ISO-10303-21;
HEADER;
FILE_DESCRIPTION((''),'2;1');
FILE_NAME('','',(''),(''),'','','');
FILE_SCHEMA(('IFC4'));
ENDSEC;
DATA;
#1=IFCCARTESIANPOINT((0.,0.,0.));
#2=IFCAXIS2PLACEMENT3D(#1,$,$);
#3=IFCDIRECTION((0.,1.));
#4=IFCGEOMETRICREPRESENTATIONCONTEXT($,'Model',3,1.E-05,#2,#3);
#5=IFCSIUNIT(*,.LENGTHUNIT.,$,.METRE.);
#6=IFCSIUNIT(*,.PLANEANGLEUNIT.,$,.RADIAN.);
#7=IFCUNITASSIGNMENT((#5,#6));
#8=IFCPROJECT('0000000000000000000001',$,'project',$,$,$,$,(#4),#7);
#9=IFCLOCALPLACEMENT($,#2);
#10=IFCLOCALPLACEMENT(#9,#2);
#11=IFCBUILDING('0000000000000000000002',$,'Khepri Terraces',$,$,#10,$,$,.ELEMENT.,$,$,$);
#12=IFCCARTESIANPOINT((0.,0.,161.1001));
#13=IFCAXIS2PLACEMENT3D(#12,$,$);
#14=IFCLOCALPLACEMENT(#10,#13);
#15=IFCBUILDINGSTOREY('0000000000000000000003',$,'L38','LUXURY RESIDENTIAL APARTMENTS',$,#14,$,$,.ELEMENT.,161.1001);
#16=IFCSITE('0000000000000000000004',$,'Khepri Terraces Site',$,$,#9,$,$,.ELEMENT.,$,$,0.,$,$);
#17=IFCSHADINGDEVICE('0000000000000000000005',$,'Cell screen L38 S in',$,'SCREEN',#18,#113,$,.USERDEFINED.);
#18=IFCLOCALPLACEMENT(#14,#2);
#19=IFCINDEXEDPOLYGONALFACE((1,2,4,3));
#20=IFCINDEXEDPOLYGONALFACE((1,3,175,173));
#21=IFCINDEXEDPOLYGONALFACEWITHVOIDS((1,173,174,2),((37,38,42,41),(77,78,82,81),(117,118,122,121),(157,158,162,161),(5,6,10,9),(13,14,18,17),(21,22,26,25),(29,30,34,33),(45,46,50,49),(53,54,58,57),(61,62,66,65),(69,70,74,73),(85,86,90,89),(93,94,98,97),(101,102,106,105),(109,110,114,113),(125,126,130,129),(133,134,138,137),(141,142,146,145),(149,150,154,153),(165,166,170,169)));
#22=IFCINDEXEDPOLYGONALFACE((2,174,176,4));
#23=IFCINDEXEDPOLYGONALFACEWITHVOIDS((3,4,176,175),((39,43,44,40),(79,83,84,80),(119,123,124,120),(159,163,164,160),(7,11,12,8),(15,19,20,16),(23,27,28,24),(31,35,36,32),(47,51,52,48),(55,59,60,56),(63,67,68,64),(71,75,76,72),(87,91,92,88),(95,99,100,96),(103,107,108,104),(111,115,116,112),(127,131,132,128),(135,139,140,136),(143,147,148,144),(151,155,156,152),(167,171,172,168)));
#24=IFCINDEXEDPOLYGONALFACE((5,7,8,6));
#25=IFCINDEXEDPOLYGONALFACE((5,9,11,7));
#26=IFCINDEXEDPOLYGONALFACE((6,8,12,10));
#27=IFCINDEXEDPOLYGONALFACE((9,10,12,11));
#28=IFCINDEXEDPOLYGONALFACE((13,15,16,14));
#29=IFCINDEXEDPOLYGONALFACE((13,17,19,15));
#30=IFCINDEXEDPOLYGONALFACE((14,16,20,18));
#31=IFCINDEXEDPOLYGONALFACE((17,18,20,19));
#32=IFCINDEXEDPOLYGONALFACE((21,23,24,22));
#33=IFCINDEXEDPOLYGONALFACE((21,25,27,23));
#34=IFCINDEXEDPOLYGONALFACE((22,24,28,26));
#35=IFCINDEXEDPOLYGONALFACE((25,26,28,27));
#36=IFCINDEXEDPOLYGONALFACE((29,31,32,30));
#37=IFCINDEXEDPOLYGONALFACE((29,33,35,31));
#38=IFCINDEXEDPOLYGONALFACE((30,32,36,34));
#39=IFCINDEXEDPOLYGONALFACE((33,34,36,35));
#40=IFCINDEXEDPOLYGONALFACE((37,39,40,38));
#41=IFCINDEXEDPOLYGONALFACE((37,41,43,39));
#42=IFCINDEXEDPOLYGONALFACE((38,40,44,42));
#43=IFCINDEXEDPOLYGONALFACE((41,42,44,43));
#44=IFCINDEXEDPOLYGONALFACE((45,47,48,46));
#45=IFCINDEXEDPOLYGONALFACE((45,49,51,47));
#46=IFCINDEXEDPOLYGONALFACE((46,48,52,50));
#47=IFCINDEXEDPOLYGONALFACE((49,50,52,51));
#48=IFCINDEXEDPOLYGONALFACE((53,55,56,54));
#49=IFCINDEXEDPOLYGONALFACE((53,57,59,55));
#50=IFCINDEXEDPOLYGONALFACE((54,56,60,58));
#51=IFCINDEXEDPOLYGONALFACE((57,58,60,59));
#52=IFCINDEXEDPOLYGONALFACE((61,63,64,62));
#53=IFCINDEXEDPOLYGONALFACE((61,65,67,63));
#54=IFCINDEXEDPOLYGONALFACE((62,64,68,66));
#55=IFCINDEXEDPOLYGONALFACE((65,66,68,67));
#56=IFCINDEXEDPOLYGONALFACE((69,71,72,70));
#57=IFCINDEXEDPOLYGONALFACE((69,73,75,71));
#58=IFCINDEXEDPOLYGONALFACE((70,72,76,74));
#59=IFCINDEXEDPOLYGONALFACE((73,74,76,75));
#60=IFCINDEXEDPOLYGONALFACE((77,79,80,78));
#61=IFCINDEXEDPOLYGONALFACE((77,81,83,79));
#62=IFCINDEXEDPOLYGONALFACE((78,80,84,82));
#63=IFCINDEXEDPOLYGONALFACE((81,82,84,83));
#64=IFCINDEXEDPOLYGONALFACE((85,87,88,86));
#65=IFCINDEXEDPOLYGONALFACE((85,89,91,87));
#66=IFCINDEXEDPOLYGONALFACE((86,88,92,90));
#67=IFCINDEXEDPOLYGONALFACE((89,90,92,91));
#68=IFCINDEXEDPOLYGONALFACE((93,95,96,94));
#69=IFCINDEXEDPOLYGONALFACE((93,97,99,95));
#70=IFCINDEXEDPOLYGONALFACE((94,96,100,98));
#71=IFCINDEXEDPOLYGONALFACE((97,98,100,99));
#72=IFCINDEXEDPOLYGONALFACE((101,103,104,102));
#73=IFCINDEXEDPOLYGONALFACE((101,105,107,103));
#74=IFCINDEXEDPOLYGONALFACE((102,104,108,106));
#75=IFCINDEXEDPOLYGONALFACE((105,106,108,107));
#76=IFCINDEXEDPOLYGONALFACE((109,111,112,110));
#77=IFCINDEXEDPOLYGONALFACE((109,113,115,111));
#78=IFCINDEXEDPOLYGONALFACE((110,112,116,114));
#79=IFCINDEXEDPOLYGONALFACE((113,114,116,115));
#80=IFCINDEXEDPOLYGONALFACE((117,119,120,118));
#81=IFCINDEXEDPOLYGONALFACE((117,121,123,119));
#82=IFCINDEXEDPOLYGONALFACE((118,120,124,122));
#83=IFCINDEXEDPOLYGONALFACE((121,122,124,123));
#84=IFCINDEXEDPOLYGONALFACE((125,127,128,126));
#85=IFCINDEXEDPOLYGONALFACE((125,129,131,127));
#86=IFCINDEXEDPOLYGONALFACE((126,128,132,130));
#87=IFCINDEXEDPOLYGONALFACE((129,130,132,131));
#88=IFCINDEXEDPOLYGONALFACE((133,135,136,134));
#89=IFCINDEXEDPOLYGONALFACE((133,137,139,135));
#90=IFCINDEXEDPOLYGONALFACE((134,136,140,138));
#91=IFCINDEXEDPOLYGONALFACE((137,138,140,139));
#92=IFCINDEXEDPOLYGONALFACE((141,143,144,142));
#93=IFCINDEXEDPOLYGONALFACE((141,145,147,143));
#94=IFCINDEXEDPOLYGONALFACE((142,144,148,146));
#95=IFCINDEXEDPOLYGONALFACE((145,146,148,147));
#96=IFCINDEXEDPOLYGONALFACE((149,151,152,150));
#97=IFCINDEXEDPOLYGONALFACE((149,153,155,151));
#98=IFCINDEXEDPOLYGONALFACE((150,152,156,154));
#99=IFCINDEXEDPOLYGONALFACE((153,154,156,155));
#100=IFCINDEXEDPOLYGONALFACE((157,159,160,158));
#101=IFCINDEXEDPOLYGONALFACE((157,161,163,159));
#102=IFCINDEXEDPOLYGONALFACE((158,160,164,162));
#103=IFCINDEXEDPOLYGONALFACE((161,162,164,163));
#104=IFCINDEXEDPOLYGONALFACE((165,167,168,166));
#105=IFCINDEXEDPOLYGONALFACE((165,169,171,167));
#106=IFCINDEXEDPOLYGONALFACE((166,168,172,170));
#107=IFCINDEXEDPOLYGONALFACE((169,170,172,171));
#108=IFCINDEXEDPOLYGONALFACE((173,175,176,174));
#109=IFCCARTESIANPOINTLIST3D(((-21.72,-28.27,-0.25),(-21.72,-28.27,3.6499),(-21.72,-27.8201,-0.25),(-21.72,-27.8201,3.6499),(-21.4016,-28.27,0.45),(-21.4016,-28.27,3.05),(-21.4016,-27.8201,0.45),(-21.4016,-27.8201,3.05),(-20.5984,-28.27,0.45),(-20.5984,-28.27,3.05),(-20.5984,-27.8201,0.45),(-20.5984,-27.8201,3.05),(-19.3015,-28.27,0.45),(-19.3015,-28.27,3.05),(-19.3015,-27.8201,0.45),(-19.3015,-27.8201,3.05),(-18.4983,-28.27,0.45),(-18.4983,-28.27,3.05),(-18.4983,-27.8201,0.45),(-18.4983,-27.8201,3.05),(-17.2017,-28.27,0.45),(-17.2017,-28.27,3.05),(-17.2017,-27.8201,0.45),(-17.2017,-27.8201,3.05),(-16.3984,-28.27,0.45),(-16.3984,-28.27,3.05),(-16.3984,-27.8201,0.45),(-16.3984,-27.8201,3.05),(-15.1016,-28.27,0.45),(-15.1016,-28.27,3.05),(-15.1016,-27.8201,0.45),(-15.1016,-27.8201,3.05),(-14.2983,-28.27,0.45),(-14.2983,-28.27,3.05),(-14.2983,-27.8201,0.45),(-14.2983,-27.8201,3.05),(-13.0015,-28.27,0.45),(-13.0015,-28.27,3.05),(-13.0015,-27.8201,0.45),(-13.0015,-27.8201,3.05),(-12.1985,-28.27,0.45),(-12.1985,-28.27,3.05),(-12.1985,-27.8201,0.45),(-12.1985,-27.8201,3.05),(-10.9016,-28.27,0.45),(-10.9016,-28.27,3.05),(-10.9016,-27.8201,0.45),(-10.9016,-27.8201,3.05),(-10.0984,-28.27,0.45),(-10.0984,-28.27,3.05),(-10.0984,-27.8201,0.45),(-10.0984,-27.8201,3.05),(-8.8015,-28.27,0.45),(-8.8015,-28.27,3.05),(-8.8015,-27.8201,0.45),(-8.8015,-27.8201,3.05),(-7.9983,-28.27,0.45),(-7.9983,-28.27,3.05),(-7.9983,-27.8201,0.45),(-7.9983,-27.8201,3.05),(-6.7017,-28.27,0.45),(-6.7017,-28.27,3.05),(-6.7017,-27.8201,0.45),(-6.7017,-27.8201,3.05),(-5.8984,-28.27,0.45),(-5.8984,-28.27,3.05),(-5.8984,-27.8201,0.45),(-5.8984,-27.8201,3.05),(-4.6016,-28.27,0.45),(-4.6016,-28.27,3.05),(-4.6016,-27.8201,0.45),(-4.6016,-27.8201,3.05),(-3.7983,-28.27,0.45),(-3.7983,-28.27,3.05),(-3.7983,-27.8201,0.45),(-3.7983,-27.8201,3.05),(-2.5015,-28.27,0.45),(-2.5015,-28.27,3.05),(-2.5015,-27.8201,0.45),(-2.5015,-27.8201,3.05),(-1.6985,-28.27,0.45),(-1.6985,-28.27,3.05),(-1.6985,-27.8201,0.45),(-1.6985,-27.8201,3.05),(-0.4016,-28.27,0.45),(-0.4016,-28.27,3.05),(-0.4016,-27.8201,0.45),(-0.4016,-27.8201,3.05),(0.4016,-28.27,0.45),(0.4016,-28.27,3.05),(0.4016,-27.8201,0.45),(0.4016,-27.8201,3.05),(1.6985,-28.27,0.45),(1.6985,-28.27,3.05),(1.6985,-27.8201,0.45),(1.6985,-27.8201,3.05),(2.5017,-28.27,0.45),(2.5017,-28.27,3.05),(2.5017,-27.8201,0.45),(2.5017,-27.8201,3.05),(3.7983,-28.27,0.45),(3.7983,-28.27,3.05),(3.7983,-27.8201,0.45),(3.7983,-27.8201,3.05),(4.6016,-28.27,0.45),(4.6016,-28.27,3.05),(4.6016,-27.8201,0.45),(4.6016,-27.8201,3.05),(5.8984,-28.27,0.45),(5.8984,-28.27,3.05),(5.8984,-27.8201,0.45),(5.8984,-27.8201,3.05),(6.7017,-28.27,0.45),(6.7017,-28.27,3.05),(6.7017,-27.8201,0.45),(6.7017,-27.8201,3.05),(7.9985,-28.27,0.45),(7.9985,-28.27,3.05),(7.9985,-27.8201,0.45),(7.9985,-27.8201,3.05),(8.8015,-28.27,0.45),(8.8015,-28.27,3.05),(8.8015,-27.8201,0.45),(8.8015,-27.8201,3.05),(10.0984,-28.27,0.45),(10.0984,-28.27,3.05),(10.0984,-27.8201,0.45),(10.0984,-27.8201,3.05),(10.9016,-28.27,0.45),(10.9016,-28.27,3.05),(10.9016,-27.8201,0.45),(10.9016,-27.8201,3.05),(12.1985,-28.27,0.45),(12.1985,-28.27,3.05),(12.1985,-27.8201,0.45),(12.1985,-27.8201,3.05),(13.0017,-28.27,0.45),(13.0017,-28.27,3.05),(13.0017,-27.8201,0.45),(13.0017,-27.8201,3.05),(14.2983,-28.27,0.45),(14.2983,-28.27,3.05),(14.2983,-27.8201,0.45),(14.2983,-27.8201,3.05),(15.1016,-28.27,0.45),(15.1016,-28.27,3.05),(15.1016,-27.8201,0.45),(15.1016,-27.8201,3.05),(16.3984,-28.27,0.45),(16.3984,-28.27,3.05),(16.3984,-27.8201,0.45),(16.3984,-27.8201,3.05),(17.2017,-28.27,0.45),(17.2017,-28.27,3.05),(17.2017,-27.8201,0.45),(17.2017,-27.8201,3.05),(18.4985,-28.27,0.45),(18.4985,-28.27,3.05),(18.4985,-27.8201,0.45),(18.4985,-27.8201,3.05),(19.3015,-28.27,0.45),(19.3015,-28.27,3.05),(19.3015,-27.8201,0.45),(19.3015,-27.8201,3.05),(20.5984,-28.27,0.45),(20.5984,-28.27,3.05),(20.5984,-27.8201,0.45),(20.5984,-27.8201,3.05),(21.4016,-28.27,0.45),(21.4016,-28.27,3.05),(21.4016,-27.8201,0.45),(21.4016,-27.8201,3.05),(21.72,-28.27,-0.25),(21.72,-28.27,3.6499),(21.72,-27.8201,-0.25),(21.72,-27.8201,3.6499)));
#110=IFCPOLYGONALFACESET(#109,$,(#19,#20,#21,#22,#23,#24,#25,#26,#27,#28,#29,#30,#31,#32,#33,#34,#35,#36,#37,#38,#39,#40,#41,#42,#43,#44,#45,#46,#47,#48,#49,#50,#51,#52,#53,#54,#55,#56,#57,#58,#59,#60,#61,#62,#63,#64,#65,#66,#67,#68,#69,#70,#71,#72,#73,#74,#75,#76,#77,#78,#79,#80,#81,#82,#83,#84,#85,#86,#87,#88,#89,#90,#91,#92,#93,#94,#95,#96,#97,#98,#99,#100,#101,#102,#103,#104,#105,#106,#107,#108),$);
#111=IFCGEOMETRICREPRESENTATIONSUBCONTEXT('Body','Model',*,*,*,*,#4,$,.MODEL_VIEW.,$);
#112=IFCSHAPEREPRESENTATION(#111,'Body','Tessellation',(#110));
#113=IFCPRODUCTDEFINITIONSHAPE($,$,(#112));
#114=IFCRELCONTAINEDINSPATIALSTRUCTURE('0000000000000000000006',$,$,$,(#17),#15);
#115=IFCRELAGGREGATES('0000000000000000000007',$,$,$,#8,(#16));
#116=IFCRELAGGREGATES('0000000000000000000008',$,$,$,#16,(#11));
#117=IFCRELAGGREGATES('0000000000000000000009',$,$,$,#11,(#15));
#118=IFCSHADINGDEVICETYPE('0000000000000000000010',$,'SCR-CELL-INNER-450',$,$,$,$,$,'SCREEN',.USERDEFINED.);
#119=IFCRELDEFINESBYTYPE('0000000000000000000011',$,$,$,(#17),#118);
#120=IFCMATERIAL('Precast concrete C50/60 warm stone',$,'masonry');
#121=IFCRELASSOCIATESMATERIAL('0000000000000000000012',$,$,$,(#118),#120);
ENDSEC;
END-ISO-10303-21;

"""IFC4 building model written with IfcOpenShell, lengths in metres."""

from ifc_helpers import new_model, si_unit, direction, frame, origin, place, context, subcontext, project, spatial, polyline, outline, extrude, material, type_object, element, save


model = new_model("IFC4")

# Units and contexts
model_context = context("Model", 3, precision=1e-05, world=origin(), true_north=direction((0.0, 1.0)))
body_context = subcontext(model_context, "Body", "Model", "MODEL_VIEW")
ifc_project = project(units=[si_unit("LENGTHUNIT", "METRE"), si_unit("PLANEANGLEUNIT", "RADIAN")], contexts=[model_context])

# Site, building, storey
site_placement = place(None, origin())
site = spatial("IfcSite", under=ifc_project, at=site_placement, Name="Khepri Terraces Site", CompositionType="ELEMENT", RefElevation=0.0)
building_placement = place(site_placement, origin())
building = spatial("IfcBuilding", under=site, at=building_placement, Name="Khepri Terraces", CompositionType="ELEMENT")
storey_placement = place(building_placement, frame((0.0, 0.0, 161.1001)))
storey = spatial("IfcBuildingStorey", under=building, at=storey_placement, Name="L38", Description="LUXURY RESIDENTIAL APARTMENTS", CompositionType="ELEMENT", Elevation=161.1001)

# Shared definitions
ifc_material_1 = material(Name="Precast concrete C50/60 warm stone", Category="masonry")

# Shading device
shading_device_type_1 = type_object("IfcShadingDeviceType", Name="SCR-CELL-INNER-450", ElementType="SCREEN", PredefinedType="USERDEFINED", material=ifc_material_1)
shading_device_1_placement = place(storey_placement, frame((-21.72, -27.8201, -0.25), z_axis=(0.0, -1.0, 0.0), x_axis=(1.0, 0.0, 0.0)))
element("IfcShadingDevice", 1, at=shading_device_1_placement, inside=storey, type_object=shading_device_type_1, Name="Cell screen L38 S in", ObjectType="SCREEN", PredefinedType="USERDEFINED", context=body_context, shape_type="SweptSolid", body=[
    extrude(outline(polyline([(0.0, 0.0), (43.4399, 0.0), (43.4399, 3.8999), (0.0, 3.8999), (0.0, 0.0)]), holes=[polyline([(0.3184, 0.7), (1.1216, 0.7), (1.1216, 3.3), (0.3184, 3.3), (0.3184, 0.7)]), polyline([(2.4185, 0.7), (3.2217, 0.7), (3.2217, 3.3), (2.4185, 3.3), (2.4185, 0.7)]), polyline([(4.5183, 0.7), (5.3215, 0.7), (5.3215, 3.3), (4.5183, 3.3), (4.5183, 0.7)]), polyline([(6.6184, 0.7), (7.4216, 0.7), (7.4216, 3.3), (6.6184, 3.3), (6.6184, 0.7)]), polyline([(8.7185, 0.7), (9.5215, 0.7), (9.5215, 3.3), (8.7185, 3.3), (8.7185, 0.7)]), polyline([(10.8184, 0.7), (11.6216, 0.7), (11.6216, 3.3), (10.8184, 3.3), (10.8184, 0.7)]), polyline([(12.9185, 0.7), (13.7217, 0.7), (13.7217, 3.3), (12.9185, 3.3), (12.9185, 0.7)]), polyline([(15.0183, 0.7), (15.8215, 0.7), (15.8215, 3.3), (15.0183, 3.3), (15.0183, 0.7)]), polyline([(17.1184, 0.7), (17.9216, 0.7), (17.9216, 3.3), (17.1184, 3.3), (17.1184, 0.7)]), polyline([(19.2185, 0.7), (20.0215, 0.7), (20.0215, 3.3), (19.2185, 3.3), (19.2185, 0.7)]), polyline([(21.3184, 0.7), (22.1216, 0.7), (22.1216, 3.3), (21.3184, 3.3), (21.3184, 0.7)]), polyline([(23.4185, 0.7), (24.2217, 0.7), (24.2217, 3.3), (23.4185, 3.3), (23.4185, 0.7)]), polyline([(25.5183, 0.7), (26.3215, 0.7), (26.3215, 3.3), (25.5183, 3.3), (25.5183, 0.7)]), polyline([(27.6184, 0.7), (28.4216, 0.7), (28.4216, 3.3), (27.6184, 3.3), (27.6184, 0.7)]), polyline([(29.7185, 0.7), (30.5215, 0.7), (30.5215, 3.3), (29.7185, 3.3), (29.7185, 0.7)]), polyline([(31.8184, 0.7), (32.6216, 0.7), (32.6216, 3.3), (31.8184, 3.3), (31.8184, 0.7)]), polyline([(33.9185, 0.7), (34.7217, 0.7), (34.7217, 3.3), (33.9185, 3.3), (33.9185, 0.7)]), polyline([(36.0183, 0.7), (36.8215, 0.7), (36.8215, 3.3), (36.0183, 3.3), (36.0183, 0.7)]), polyline([(38.1184, 0.7), (38.9216, 0.7), (38.9216, 3.3), (38.1184, 3.3), (38.1184, 0.7)]), polyline([(40.2185, 0.7), (41.0215, 0.7), (41.0215, 3.3), (40.2185, 3.3), (40.2185, 0.7)]), polyline([(42.3184, 0.7), (43.1216, 0.7), (43.1216, 3.3), (42.3184, 3.3), (42.3184, 0.7)])]), origin(), (0.0, 0.0, 1.0), 0.45),
])

save(model, "model.ifc")
